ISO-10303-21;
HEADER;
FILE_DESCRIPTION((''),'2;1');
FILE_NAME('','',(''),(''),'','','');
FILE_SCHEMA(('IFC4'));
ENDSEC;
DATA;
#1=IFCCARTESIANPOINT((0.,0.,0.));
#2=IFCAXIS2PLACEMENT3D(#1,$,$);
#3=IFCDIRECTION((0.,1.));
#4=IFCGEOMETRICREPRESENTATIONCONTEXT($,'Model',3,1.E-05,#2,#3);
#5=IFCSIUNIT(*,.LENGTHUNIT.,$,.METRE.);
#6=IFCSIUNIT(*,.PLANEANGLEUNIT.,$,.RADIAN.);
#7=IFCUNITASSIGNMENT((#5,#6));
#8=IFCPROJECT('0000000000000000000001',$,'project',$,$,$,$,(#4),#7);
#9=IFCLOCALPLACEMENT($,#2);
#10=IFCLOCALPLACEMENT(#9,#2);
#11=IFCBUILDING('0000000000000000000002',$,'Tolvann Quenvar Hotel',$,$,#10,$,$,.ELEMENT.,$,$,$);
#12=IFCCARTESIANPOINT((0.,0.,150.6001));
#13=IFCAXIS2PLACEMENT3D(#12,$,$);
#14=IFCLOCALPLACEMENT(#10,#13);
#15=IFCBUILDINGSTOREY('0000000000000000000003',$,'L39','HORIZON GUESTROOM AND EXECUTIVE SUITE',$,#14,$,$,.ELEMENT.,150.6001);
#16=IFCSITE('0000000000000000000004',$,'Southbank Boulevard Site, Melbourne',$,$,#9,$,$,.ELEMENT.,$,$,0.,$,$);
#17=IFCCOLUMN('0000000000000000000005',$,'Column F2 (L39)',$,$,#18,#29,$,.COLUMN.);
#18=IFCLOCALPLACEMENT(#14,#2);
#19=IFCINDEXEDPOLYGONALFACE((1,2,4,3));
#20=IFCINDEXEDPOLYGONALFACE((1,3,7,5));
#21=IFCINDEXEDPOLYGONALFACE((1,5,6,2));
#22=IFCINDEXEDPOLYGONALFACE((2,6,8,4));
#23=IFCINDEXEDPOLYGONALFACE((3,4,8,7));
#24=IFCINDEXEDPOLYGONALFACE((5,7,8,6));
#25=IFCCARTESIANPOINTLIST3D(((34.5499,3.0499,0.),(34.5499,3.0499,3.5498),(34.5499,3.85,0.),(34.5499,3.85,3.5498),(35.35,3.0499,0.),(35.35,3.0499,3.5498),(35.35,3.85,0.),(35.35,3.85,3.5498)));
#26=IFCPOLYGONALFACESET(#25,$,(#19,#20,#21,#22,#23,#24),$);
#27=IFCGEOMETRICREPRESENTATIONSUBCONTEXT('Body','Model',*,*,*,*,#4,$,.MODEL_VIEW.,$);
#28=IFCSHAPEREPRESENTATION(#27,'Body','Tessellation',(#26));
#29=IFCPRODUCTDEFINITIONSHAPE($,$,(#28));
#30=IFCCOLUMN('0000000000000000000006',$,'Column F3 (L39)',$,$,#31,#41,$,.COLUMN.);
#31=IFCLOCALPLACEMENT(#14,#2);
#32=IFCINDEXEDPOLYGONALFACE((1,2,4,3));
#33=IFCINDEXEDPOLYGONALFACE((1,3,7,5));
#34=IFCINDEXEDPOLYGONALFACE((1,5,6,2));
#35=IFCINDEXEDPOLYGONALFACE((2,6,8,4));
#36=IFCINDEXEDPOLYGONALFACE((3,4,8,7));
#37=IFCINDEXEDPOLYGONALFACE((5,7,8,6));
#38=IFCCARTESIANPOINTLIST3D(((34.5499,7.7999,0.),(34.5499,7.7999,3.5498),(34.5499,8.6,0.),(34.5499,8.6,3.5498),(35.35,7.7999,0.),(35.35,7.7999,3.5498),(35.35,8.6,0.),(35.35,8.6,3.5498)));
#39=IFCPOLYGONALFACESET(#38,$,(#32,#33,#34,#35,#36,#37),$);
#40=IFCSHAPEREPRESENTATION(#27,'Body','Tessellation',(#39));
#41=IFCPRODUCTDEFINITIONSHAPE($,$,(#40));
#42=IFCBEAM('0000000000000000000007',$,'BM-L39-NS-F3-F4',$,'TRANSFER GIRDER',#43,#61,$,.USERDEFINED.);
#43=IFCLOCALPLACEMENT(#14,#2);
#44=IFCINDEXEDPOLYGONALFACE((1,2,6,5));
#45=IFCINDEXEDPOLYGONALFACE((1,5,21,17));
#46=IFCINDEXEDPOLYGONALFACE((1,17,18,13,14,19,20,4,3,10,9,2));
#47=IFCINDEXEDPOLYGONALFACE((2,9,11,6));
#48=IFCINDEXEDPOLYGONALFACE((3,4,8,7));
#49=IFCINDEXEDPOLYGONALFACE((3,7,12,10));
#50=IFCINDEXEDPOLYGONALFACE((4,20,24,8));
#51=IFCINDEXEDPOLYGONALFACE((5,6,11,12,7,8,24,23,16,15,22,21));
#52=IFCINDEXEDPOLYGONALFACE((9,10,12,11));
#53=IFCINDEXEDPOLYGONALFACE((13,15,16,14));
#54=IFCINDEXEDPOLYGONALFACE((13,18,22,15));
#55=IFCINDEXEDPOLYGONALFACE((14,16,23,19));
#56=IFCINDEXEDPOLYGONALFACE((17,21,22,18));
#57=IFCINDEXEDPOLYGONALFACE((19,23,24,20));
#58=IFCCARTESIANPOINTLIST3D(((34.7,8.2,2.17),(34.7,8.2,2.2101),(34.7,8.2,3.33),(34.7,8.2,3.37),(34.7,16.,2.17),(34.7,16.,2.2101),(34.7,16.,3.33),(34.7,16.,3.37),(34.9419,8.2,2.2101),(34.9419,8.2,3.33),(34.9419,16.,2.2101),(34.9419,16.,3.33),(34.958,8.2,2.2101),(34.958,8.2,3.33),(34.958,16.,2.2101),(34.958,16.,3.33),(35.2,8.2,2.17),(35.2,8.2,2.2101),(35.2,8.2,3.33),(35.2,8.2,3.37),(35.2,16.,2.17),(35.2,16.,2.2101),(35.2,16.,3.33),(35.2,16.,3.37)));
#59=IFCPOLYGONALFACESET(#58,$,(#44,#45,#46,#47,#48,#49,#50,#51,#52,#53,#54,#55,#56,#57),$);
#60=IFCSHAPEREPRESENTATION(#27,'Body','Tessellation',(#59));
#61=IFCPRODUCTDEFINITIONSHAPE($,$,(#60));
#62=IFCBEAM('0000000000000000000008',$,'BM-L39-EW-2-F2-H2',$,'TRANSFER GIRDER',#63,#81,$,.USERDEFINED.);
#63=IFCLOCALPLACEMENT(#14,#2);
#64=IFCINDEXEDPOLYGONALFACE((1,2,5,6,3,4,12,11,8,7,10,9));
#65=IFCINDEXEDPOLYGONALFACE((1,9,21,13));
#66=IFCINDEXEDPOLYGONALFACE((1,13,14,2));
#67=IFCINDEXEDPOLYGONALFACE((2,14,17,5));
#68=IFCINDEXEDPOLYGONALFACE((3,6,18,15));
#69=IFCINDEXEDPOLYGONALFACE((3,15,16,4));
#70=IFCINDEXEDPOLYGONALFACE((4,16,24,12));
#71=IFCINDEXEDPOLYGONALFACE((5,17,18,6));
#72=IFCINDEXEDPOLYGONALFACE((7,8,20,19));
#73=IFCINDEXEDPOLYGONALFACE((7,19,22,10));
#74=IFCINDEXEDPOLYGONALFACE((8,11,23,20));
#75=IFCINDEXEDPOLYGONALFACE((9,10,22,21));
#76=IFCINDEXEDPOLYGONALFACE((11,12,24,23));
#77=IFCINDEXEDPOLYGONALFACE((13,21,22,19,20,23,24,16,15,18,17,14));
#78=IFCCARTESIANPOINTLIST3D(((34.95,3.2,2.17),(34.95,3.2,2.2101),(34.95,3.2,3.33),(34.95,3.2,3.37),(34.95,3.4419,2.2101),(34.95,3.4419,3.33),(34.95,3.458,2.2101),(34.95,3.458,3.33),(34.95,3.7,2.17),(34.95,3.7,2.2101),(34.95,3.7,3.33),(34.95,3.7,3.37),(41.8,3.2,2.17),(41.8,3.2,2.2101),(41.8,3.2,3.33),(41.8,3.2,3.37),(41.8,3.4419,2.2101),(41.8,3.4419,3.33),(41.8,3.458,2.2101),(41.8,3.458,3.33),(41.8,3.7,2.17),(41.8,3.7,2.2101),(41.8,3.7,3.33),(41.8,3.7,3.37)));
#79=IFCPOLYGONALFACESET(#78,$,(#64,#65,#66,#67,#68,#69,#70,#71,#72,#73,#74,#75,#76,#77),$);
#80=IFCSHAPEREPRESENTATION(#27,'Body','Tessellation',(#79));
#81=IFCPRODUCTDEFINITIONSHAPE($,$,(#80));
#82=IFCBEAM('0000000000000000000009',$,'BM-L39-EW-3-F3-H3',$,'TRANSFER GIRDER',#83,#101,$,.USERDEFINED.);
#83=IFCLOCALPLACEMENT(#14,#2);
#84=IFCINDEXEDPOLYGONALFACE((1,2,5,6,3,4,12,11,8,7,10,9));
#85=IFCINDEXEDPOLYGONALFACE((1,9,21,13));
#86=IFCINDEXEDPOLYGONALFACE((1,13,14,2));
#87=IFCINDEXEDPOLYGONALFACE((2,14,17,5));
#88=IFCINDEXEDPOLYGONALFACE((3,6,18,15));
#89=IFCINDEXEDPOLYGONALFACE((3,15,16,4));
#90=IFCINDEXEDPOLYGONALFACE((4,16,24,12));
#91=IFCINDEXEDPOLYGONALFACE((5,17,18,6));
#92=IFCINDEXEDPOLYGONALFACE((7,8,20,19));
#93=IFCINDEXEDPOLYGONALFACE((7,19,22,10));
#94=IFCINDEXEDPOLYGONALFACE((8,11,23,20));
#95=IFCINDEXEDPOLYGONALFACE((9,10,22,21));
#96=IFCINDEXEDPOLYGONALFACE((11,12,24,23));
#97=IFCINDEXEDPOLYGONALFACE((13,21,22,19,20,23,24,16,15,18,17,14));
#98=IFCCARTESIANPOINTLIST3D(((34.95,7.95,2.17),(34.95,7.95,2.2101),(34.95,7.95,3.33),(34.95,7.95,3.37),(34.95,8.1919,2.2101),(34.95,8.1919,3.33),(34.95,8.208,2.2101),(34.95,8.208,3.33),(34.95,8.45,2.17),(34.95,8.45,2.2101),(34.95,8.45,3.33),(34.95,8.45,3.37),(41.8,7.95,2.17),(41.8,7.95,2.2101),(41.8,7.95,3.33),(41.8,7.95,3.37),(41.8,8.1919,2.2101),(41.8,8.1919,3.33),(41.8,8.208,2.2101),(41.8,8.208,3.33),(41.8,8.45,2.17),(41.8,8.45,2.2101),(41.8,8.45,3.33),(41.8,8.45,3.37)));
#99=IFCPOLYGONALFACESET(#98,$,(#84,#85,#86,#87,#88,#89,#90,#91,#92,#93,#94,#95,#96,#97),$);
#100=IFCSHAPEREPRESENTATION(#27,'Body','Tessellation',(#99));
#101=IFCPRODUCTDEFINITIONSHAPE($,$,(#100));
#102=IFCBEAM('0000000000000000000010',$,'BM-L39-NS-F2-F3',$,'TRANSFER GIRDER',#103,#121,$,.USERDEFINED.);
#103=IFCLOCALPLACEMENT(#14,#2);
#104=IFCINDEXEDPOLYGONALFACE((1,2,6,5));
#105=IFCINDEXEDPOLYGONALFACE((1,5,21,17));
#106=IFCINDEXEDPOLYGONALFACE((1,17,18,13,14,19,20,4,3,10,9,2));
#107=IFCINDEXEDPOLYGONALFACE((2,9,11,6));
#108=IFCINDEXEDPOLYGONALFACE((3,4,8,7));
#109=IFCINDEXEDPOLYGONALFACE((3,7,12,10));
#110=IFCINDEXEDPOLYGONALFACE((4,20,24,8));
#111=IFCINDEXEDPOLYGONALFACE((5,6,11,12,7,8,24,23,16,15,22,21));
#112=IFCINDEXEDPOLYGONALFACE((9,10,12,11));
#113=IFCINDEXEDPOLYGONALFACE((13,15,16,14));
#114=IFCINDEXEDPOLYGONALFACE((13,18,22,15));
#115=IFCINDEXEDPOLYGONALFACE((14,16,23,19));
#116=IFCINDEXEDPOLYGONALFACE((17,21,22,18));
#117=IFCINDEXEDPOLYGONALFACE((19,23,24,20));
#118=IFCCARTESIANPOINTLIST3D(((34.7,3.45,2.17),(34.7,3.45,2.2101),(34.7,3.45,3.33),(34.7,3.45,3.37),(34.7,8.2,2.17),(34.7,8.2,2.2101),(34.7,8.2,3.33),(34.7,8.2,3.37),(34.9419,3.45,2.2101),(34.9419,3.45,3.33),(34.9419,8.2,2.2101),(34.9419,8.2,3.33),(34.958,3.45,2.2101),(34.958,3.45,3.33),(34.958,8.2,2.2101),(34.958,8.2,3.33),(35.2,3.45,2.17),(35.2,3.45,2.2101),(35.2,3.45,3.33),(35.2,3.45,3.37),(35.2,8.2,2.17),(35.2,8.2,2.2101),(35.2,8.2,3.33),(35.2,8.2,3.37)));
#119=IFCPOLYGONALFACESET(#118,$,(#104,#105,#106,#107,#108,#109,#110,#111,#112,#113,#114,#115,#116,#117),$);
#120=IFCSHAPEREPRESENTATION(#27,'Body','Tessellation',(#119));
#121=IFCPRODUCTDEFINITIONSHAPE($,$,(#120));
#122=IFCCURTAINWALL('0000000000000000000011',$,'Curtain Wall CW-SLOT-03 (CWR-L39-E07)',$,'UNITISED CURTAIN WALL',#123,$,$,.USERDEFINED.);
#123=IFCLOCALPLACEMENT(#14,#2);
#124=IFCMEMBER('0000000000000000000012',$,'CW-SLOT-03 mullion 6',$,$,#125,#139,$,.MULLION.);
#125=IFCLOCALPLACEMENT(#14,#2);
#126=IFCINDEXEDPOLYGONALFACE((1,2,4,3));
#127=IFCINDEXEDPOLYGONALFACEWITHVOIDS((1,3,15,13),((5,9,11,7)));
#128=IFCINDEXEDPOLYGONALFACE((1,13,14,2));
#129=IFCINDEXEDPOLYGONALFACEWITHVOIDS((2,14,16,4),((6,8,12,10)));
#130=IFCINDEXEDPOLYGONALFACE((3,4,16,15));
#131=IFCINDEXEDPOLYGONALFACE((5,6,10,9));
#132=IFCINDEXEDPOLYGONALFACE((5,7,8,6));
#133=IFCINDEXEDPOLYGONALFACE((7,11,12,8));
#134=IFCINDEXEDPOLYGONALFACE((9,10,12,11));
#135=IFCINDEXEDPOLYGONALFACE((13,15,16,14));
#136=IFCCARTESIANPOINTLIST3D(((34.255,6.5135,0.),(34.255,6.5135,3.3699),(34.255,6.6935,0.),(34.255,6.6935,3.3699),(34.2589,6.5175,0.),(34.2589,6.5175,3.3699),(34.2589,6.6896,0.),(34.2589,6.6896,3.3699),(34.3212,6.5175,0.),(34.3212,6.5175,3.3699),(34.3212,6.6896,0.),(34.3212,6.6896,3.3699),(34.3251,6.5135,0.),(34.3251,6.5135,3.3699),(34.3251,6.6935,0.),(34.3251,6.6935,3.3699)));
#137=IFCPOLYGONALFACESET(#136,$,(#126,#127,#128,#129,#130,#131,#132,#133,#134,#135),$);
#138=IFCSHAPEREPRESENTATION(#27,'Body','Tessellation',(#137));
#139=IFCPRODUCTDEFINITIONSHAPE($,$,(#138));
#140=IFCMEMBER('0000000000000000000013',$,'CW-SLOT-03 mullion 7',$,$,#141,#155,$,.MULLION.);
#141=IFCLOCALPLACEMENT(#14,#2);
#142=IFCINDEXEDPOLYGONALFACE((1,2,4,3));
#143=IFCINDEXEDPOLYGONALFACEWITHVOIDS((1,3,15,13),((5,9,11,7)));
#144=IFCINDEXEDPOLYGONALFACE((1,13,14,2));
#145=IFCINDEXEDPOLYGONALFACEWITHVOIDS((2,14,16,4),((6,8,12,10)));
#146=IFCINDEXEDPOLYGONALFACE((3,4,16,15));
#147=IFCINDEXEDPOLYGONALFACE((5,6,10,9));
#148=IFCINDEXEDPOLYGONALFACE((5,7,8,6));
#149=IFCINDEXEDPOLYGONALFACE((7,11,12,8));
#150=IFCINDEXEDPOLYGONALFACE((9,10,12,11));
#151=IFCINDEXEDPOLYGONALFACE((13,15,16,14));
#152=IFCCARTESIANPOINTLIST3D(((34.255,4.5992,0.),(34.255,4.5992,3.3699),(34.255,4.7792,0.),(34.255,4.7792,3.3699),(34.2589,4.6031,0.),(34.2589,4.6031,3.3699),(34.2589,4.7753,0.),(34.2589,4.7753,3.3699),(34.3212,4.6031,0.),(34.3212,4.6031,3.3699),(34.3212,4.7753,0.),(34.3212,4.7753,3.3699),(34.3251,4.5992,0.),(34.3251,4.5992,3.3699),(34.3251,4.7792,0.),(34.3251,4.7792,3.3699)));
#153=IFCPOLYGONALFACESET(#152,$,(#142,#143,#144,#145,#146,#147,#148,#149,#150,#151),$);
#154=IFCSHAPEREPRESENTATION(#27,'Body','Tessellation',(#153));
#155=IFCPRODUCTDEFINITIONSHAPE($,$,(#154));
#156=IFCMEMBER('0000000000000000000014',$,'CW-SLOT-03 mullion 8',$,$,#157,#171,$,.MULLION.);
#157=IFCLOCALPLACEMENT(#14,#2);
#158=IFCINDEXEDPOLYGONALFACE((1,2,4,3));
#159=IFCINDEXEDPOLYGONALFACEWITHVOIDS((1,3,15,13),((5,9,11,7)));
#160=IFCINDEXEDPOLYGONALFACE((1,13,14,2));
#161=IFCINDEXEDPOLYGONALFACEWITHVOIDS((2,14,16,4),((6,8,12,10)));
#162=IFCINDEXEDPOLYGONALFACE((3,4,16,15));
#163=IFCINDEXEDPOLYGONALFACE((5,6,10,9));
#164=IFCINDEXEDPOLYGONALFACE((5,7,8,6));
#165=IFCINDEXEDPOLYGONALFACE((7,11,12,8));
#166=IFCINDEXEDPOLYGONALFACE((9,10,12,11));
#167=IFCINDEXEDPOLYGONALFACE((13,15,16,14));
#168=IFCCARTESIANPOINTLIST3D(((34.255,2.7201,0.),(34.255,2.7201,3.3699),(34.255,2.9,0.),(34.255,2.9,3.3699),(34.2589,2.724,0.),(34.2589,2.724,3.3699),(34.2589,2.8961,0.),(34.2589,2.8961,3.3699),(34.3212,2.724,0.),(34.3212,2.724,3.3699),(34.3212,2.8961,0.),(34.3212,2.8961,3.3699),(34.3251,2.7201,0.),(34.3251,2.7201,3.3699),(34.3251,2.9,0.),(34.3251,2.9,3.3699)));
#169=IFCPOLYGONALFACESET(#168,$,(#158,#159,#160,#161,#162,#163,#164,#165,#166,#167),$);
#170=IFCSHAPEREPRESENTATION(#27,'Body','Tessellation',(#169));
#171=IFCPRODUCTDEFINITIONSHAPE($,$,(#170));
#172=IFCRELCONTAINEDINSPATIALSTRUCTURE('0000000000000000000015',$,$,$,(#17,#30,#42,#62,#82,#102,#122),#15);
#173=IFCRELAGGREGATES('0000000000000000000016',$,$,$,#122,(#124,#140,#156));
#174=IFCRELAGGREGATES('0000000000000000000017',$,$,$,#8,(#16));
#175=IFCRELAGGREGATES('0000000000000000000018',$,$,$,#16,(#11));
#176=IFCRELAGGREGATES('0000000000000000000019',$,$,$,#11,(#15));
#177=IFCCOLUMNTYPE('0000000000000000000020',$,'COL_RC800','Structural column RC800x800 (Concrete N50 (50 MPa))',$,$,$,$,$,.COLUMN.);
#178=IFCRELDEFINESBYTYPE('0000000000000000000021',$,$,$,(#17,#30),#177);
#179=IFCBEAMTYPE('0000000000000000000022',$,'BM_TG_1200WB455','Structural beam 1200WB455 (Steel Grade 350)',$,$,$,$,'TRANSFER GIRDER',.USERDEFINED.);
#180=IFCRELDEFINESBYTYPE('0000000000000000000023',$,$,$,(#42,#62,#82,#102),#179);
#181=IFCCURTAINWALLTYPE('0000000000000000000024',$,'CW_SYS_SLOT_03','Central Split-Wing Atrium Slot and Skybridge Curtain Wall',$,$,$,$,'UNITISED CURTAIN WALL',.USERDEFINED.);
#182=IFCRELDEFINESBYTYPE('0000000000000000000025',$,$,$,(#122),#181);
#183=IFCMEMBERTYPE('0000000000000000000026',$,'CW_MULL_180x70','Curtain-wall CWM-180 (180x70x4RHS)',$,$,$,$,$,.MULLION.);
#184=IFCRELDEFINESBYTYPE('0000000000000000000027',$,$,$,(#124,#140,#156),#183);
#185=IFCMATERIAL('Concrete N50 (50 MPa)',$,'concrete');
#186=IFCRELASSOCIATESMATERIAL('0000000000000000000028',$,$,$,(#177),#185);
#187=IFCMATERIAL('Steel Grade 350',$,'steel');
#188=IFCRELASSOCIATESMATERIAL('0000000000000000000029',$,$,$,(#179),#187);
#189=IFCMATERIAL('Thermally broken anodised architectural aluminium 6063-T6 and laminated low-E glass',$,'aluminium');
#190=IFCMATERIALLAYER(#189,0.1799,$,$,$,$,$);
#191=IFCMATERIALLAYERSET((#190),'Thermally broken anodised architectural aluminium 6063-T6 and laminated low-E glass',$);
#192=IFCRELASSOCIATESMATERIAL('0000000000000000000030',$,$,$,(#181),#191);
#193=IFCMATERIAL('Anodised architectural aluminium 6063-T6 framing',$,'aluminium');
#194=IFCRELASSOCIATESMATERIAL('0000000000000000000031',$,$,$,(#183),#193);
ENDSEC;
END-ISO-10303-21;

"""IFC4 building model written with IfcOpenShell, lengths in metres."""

from ifc_helpers import new_model, si_unit, direction, frame, origin, origin_2d, place, context, subcontext, project, spatial, rectangle, hollow_rectangle, i_section, extrude, source, transform, mapped, material, layer, layer_set, material_profile, profile_set, type_object, type_shapes, element, aggregate, save


model = new_model("IFC4")

# Units and contexts
model_context = context("Model", 3, precision=1e-05, world=origin(), true_north=direction((0.0, 1.0)))
body_context = subcontext(model_context, "Body", "Model", "MODEL_VIEW")
ifc_project = project(units=[si_unit("LENGTHUNIT", "METRE"), si_unit("PLANEANGLEUNIT", "RADIAN")], contexts=[model_context])

# Site, building, storey
site_placement = place(None, origin())
site = spatial("IfcSite", under=ifc_project, at=site_placement, Name="Southbank Boulevard Site, Melbourne", CompositionType="ELEMENT", RefElevation=0.0)
building_placement = place(site_placement, origin())
building = spatial("IfcBuilding", under=site, at=building_placement, Name="Tolvann Quenvar Hotel", CompositionType="ELEMENT")
storey_placement = place(building_placement, frame((0.0, 0.0, 150.6001)))
storey = spatial("IfcBuildingStorey", under=building, at=storey_placement, Name="L39", Description="HORIZON GUESTROOM AND EXECUTIVE SUITE", CompositionType="ELEMENT", Elevation=150.6001)

# Columns
ifc_material_1 = material(Name="Concrete N50 (50 MPa)", Category="concrete")
ifc_material_profile_1 = material_profile(ifc_material_1, rectangle(XDim=0.8, YDim=0.8, at=origin_2d()), Name="RC800x800")
ifc_profile_set_1 = profile_set([ifc_material_profile_1], Name="Concrete N50 (50 MPa)")
column_type = type_object("IfcColumnType", Name="COL_RC800", Description="Structural column RC800x800 (Concrete N50 (50 MPa))", PredefinedType="COLUMN", material=ifc_profile_set_1)
shared_shape_1 = source(origin(), body_context, "Body", "SweptSolid", [
    extrude(rectangle(XDim=0.8, YDim=0.8, at=origin_2d()), origin(), (0.0, 0.0, 1.0), 3.5498),
])
type_shapes(column_type, [shared_shape_1])
for number, where, z_axis, x_axis, name in (
    (1, (34.95, 3.45, 0.0), (0.0, 0.0, 1.0), (1.0, 0.0, 0.0), "Column F2 (L39)"),
    (2, (34.95, 8.2, 0.0), (0.0, 0.0, 1.0), (1.0, 0.0, 0.0), "Column F3 (L39)"),
):
    element("IfcColumn", number, at=place(storey_placement, frame(where, z_axis=z_axis, x_axis=x_axis)), inside=storey, type_object=column_type, Name=name, PredefinedType="COLUMN", context=body_context, shape_type="MappedRepresentation", body=[
        mapped(shared_shape_1, transform((0.0, 0.0, 0.0), x_axis=(1.0, 0.0, 0.0), y_axis=(0.0, 1.0, 0.0), z_axis=(0.0, 0.0, 1.0), scale=1.0)),
    ])

# Beams
ifc_material_2 = material(Name="Steel Grade 350", Category="steel")
ifc_material_profile_2 = material_profile(ifc_material_2, i_section(OverallWidth=0.5, OverallDepth=1.2, WebThickness=0.0161, FlangeThickness=0.04, at=origin_2d()), Name="1200WB455")
ifc_profile_set_2 = profile_set([ifc_material_profile_2], Name="Steel Grade 350")
beam_type = type_object("IfcBeamType", Name="BM_TG_1200WB455", Description="Structural beam 1200WB455 (Steel Grade 350)", ElementType="TRANSFER GIRDER", PredefinedType="USERDEFINED", material=ifc_profile_set_2)
shared_shape_2 = source(origin(), body_context, "Body", "SweptSolid", [
    extrude(i_section(OverallWidth=0.5, OverallDepth=1.2, WebThickness=0.0161, FlangeThickness=0.04, at=origin_2d()), origin(), (0.0, 0.0, 1.0), 7.8),
])
beam_1_placement = place(storey_placement, frame((34.95, 8.2, 2.77), z_axis=(0.0, 1.0, 0.0), x_axis=(-1.0, 0.0, 0.0)))
element("IfcBeam", 3, at=beam_1_placement, inside=storey, type_object=beam_type, Name="BM-L39-NS-F3-F4", ObjectType="TRANSFER GIRDER", PredefinedType="USERDEFINED", context=body_context, shape_type="MappedRepresentation", body=[
    mapped(shared_shape_2, transform((0.0, 0.0, 0.0), x_axis=(1.0, 0.0, 0.0), y_axis=(0.0, 1.0, 0.0), z_axis=(0.0, 0.0, 1.0), scale=1.0)),
])
shared_shape_3 = source(origin(), body_context, "Body", "SweptSolid", [
    extrude(i_section(OverallWidth=0.5, OverallDepth=1.2, WebThickness=0.0161, FlangeThickness=0.04, at=origin_2d()), origin(), (0.0, 0.0, 1.0), 6.8501),
])
for number, where, z_axis, x_axis, name in (
    (4, (34.95, 3.45, 2.77), (1.0, 0.0, 0.0), (0.0, 1.0, 0.0), "BM-L39-EW-2-F2-H2"),
    (5, (34.95, 8.2, 2.77), (1.0, 0.0, 0.0), (0.0, 1.0, 0.0), "BM-L39-EW-3-F3-H3"),
):
    element("IfcBeam", number, at=place(storey_placement, frame(where, z_axis=z_axis, x_axis=x_axis)), inside=storey, type_object=beam_type, Name=name, ObjectType="TRANSFER GIRDER", PredefinedType="USERDEFINED", context=body_context, shape_type="MappedRepresentation", body=[
        mapped(shared_shape_3, transform((0.0, 0.0, 0.0), x_axis=(1.0, 0.0, 0.0), y_axis=(0.0, 1.0, 0.0), z_axis=(0.0, 0.0, 1.0), scale=1.0)),
    ])
shared_shape_4 = source(origin(), body_context, "Body", "SweptSolid", [
    extrude(i_section(OverallWidth=0.5, OverallDepth=1.2, WebThickness=0.0161, FlangeThickness=0.04, at=origin_2d()), origin(), (0.0, 0.0, 1.0), 4.75),
])
type_shapes(beam_type, [shared_shape_2, shared_shape_3, shared_shape_4])
beam_2_placement = place(storey_placement, frame((34.95, 3.45, 2.77), z_axis=(0.0, 1.0, 0.0), x_axis=(-1.0, 0.0, 0.0)))
element("IfcBeam", 6, at=beam_2_placement, inside=storey, type_object=beam_type, Name="BM-L39-NS-F2-F3", ObjectType="TRANSFER GIRDER", PredefinedType="USERDEFINED", context=body_context, shape_type="MappedRepresentation", body=[
    mapped(shared_shape_4, transform((0.0, 0.0, 0.0), x_axis=(1.0, 0.0, 0.0), y_axis=(0.0, 1.0, 0.0), z_axis=(0.0, 0.0, 1.0), scale=1.0)),
])

# Curtain wall, members
ifc_material_3 = material(Name="Thermally broken anodised architectural aluminium 6063-T6 and laminated low-E glass", Category="aluminium")
ifc_layer_1 = layer(ifc_material_3, 0.1799)
ifc_layer_set_1 = layer_set([ifc_layer_1], Name="Thermally broken anodised architectural aluminium 6063-T6 and laminated low-E glass")
curtain_wall_type = type_object("IfcCurtainWallType", Name="CW_SYS_SLOT_03", Description="Central Split-Wing Atrium Slot and Skybridge Curtain Wall", ElementType="UNITISED CURTAIN WALL", PredefinedType="USERDEFINED", material=ifc_layer_set_1)
curtain_wall_placement = place(storey_placement, origin())
curtain_wall = element("IfcCurtainWall", 7, at=curtain_wall_placement, inside=storey, type_object=curtain_wall_type, Name="Curtain Wall CW-SLOT-03 (CWR-L39-E07)", ObjectType="UNITISED CURTAIN WALL", PredefinedType="USERDEFINED")
ifc_material_4 = material(Name="Anodised architectural aluminium 6063-T6 framing", Category="aluminium")
ifc_material_profile_3 = material_profile(ifc_material_4, hollow_rectangle(XDim=0.0701, YDim=0.1799, WallThickness=0.0039, at=origin_2d()), Name="180x70x4RHS")
ifc_profile_set_3 = profile_set([ifc_material_profile_3], Name="Anodised architectural aluminium 6063-T6 framing")
member_type_1 = type_object("IfcMemberType", Name="CW_MULL_180x70", Description="Curtain-wall CWM-180 (180x70x4RHS)", PredefinedType="MULLION", material=ifc_profile_set_3)
shared_shape_5 = source(origin(), body_context, "Body", "SweptSolid", [
    extrude(hollow_rectangle(XDim=0.0701, YDim=0.1799, WallThickness=0.0039, at=origin_2d()), origin(), (0.0, 0.0, 1.0), 3.3699),
])
type_shapes(member_type_1, [shared_shape_5])
member_1_placement = place(storey_placement, frame((34.29, 6.6035, 0.0), z_axis=(0.0, 0.0, 1.0), x_axis=(1.0, 0.0, 0.0)))
member_1 = element("IfcMember", 8, at=member_1_placement, type_object=member_type_1, Name="CW-SLOT-03 mullion 6", PredefinedType="MULLION", context=body_context, shape_type="MappedRepresentation", body=[
    mapped(shared_shape_5, transform((0.0, 0.0, 0.0), x_axis=(1.0, 0.0, 0.0), y_axis=(0.0, 1.0, 0.0), z_axis=(0.0, 0.0, 1.0), scale=1.0)),
])
member_2_placement = place(storey_placement, frame((34.29, 4.6892, 0.0), z_axis=(0.0, 0.0, 1.0), x_axis=(1.0, 0.0, 0.0)))
member_2 = element("IfcMember", 9, at=member_2_placement, type_object=member_type_1, Name="CW-SLOT-03 mullion 7", PredefinedType="MULLION", context=body_context, shape_type="MappedRepresentation", body=[
    mapped(shared_shape_5, transform((0.0, 0.0, 0.0), x_axis=(1.0, 0.0, 0.0), y_axis=(0.0, 1.0, 0.0), z_axis=(0.0, 0.0, 1.0), scale=1.0)),
])
member_3_placement = place(storey_placement, frame((34.29, 2.8101, 0.0), z_axis=(0.0, 0.0, 1.0), x_axis=(1.0, 0.0, 0.0)))
member_3 = element("IfcMember", 10, at=member_3_placement, type_object=member_type_1, Name="CW-SLOT-03 mullion 8", PredefinedType="MULLION", context=body_context, shape_type="MappedRepresentation", body=[
    mapped(shared_shape_5, transform((0.0, 0.0, 0.0), x_axis=(1.0, 0.0, 0.0), y_axis=(0.0, 1.0, 0.0), z_axis=(0.0, 0.0, 1.0), scale=1.0)),
])
aggregate(curtain_wall, [member_1, member_2, member_3])

save(model, "model.ifc")
